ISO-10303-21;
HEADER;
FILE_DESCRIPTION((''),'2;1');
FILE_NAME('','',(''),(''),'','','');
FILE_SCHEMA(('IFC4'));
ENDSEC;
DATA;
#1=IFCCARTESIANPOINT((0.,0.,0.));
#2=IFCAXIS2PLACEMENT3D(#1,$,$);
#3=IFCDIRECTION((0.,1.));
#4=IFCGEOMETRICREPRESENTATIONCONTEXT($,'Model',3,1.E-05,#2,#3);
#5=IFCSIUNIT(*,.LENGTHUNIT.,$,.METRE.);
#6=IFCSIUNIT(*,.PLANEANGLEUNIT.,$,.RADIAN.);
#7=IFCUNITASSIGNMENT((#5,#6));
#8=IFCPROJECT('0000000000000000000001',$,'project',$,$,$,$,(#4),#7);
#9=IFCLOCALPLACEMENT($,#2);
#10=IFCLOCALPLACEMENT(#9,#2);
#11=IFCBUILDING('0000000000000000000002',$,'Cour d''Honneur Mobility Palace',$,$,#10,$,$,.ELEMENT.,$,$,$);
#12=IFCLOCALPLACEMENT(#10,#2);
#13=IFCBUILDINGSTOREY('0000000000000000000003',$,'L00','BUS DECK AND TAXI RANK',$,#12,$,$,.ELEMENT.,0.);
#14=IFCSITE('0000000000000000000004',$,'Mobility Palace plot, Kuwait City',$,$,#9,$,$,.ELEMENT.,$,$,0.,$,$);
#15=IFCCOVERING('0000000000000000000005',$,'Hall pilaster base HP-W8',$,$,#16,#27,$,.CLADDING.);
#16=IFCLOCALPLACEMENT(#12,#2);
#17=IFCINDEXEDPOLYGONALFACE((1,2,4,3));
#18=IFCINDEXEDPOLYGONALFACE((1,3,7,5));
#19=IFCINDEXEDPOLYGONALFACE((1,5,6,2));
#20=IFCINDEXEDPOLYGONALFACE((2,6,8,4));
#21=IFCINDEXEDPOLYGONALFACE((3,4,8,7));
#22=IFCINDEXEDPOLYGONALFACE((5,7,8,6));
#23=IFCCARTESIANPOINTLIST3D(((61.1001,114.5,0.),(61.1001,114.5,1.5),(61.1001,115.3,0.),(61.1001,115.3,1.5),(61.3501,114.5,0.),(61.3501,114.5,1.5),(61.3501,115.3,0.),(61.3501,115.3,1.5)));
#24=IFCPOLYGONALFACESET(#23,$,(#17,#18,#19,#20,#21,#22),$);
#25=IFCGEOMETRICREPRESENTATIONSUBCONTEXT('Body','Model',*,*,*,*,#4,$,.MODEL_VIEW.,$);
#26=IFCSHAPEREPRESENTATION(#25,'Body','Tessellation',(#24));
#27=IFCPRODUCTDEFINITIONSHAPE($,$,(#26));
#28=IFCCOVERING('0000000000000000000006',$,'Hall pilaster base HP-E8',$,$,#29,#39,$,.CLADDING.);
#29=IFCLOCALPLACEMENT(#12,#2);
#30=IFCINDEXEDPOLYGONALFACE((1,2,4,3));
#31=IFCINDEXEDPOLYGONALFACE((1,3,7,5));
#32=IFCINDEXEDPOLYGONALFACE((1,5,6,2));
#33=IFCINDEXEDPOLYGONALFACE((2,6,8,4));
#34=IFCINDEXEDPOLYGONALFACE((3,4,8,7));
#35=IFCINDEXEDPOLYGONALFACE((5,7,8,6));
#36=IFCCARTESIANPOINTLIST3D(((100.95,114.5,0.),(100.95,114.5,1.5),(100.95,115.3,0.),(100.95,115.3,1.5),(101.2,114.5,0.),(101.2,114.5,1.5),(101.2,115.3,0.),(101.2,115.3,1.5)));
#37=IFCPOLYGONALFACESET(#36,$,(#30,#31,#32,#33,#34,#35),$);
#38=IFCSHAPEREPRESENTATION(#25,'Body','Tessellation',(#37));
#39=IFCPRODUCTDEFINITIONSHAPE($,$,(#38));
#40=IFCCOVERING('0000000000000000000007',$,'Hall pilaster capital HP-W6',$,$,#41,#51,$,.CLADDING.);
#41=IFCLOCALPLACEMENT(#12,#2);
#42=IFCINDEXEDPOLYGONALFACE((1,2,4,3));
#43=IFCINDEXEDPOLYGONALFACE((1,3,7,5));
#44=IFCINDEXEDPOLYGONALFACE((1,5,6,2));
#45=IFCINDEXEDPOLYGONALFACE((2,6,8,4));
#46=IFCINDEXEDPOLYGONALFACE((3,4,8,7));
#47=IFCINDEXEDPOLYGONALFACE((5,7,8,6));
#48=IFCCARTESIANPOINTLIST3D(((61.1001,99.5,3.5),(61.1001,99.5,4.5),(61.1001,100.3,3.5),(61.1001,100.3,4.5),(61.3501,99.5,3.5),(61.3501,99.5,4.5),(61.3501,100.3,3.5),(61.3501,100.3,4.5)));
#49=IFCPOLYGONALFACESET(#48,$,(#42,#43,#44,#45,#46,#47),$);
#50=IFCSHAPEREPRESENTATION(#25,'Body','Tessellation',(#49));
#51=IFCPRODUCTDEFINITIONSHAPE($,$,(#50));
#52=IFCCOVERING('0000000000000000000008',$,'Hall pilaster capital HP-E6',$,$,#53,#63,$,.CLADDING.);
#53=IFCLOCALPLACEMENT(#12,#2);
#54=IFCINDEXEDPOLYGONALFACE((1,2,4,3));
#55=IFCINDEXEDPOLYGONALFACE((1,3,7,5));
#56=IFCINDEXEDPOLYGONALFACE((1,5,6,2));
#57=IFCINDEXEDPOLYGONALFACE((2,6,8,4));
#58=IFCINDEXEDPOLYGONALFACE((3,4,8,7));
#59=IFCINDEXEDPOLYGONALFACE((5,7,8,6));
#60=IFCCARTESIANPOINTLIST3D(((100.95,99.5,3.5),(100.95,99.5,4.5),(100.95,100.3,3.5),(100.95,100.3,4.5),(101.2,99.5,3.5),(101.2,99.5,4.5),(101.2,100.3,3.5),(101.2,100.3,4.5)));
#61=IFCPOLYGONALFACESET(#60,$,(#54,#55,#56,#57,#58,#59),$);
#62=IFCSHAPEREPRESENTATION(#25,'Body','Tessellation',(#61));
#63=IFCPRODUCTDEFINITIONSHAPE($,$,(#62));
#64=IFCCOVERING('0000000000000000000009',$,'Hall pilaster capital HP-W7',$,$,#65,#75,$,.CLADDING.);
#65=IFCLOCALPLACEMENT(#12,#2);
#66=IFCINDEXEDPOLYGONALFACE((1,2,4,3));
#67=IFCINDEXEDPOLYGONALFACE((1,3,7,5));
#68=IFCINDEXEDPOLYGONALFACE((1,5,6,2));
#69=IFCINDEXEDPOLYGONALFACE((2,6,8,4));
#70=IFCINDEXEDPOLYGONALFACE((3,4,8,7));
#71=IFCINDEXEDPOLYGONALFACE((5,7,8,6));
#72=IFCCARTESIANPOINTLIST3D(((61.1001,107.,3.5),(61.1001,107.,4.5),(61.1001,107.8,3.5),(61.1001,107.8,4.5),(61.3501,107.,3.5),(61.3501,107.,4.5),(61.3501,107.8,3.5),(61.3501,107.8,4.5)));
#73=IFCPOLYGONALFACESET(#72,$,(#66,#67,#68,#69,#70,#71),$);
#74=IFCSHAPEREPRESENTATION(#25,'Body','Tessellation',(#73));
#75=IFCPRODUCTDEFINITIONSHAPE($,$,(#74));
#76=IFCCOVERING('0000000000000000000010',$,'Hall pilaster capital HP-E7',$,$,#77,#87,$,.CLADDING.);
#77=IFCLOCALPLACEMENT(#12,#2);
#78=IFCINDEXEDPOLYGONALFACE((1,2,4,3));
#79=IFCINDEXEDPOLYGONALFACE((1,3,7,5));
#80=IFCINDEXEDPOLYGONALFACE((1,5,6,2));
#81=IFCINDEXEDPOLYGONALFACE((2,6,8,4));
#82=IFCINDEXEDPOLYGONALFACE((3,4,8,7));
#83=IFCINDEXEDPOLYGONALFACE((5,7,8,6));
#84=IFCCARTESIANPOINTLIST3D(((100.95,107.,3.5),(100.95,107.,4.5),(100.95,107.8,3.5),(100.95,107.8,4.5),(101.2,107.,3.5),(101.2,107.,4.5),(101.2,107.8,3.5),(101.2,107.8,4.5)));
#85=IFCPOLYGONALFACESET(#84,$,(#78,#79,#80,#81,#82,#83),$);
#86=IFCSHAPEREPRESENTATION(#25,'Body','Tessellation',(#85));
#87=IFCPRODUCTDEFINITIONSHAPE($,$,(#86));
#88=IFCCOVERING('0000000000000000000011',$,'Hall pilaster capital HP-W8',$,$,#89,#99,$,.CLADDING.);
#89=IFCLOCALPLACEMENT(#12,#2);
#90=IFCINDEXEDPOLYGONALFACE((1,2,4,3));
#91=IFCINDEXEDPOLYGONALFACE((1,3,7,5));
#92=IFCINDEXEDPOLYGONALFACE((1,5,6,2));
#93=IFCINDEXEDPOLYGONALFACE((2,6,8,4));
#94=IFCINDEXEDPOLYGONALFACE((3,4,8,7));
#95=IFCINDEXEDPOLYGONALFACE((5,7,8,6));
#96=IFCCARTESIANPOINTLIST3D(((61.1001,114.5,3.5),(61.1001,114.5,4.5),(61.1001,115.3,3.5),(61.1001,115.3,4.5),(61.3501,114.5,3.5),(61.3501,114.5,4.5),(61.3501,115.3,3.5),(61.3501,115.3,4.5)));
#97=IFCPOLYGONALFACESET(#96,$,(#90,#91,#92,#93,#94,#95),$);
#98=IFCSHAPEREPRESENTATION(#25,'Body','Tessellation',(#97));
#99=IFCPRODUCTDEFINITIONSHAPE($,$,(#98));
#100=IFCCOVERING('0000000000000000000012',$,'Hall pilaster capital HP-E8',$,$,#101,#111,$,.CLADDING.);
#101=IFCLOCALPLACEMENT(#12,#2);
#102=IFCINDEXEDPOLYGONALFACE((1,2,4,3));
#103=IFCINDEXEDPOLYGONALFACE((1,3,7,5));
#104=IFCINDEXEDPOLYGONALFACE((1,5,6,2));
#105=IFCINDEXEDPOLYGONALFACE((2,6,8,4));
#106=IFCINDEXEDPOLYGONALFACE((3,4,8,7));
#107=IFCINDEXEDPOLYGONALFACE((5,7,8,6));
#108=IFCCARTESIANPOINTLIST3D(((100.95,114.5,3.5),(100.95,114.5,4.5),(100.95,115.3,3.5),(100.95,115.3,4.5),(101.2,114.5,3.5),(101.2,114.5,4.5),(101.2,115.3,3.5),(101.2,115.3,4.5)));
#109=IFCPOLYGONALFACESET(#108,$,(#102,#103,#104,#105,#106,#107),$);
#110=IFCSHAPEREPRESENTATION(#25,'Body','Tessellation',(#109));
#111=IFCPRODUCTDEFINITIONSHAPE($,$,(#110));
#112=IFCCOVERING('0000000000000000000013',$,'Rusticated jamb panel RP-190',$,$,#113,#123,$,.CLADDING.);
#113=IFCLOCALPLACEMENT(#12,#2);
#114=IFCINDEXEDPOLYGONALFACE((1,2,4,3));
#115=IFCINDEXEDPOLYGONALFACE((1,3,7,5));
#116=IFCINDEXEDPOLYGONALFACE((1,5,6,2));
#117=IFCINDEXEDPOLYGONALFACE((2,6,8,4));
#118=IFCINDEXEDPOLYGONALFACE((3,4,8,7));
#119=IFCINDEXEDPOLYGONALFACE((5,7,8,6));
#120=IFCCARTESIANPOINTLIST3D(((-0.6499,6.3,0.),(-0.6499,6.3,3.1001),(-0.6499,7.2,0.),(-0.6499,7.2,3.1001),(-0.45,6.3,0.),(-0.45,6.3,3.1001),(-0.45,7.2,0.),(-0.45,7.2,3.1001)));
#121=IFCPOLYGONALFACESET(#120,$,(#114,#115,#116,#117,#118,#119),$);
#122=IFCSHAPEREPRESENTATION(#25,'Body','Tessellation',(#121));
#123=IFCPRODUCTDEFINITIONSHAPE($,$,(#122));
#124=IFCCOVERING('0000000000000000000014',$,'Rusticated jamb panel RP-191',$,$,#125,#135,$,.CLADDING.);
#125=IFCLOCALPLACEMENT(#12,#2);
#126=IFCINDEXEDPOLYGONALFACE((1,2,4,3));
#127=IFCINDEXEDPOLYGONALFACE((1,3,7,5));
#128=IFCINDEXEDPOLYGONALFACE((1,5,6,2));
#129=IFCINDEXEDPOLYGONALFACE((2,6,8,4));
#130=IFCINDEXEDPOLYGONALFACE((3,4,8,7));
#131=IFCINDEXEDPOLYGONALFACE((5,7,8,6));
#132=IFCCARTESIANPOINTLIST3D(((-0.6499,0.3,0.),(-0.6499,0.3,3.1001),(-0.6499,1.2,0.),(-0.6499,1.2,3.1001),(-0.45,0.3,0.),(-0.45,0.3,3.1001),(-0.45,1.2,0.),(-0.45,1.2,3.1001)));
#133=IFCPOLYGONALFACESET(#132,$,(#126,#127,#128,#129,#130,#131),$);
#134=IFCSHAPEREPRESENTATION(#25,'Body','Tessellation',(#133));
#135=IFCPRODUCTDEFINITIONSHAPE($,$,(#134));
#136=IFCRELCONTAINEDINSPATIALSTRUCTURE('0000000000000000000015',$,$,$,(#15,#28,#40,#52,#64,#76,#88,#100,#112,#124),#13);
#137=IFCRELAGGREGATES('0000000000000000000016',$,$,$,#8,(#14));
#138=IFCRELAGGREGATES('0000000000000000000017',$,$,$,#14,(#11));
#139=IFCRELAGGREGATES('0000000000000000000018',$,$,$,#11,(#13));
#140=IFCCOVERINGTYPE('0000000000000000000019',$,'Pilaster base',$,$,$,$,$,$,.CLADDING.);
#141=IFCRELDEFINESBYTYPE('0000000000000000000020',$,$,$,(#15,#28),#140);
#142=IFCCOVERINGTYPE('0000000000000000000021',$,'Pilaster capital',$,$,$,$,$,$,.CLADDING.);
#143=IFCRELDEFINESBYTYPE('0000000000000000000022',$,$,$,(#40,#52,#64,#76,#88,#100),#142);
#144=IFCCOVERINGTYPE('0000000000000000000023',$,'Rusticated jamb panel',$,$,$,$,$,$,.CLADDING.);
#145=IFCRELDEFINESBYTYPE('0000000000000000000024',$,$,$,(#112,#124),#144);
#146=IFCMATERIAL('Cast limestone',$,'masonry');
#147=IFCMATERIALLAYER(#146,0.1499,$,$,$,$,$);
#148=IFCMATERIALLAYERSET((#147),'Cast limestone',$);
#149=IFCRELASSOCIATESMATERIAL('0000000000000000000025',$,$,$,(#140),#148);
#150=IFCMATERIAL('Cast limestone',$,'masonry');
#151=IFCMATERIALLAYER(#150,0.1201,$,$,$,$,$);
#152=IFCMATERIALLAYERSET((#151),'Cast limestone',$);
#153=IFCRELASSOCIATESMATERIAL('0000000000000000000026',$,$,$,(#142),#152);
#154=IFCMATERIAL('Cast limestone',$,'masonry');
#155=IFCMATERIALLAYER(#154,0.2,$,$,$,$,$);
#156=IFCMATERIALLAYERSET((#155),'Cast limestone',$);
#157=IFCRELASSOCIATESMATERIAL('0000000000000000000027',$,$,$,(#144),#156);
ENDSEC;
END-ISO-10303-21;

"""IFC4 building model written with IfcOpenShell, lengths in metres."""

from ifc_helpers import new_model, si_unit, direction, frame, origin, place, context, subcontext, project, spatial, polyline, outline, extrude, material, layer, layer_set, type_object, element, save


model = new_model("IFC4")

# Units and contexts
model_context = context("Model", 3, precision=1e-05, world=origin(), true_north=direction((0.0, 1.0)))
body_context = subcontext(model_context, "Body", "Model", "MODEL_VIEW")
ifc_project = project(units=[si_unit("LENGTHUNIT", "METRE"), si_unit("PLANEANGLEUNIT", "RADIAN")], contexts=[model_context])

# Site, building, storey
site_placement = place(None, origin())
site = spatial("IfcSite", under=ifc_project, at=site_placement, Name="Mobility Palace plot, Kuwait City", CompositionType="ELEMENT", RefElevation=0.0)
building_placement = place(site_placement, origin())
building = spatial("IfcBuilding", under=site, at=building_placement, Name="Cour d'Honneur Mobility Palace", CompositionType="ELEMENT")
storey_placement = place(building_placement, origin())
storey = spatial("IfcBuildingStorey", under=building, at=storey_placement, Name="L00", Description="BUS DECK AND TAXI RANK", CompositionType="ELEMENT", Elevation=0.0)

# Coverings
ifc_material_1 = material(Name="Cast limestone", Category="masonry")
ifc_layer_1 = layer(ifc_material_1, 0.1499)
ifc_layer_set_1 = layer_set([ifc_layer_1], Name="Cast limestone")
covering_type_1 = type_object("IfcCoveringType", Name="Pilaster base", PredefinedType="CLADDING", material=ifc_layer_set_1)
covering_1_placement = place(storey_placement, origin())
element("IfcCovering", 1, at=covering_1_placement, inside=storey, type_object=covering_type_1, Name="Hall pilaster base HP-W8", PredefinedType="CLADDING", context=body_context, shape_type="SweptSolid", body=[
    extrude(outline(polyline([(61.1001, 114.5), (61.3501, 114.5), (61.3501, 115.3), (61.1001, 115.3), (61.1001, 114.5)])), origin(), (0.0, 0.0, 1.0), 1.5),
])
covering_2_placement = place(storey_placement, origin())
element("IfcCovering", 2, at=covering_2_placement, inside=storey, type_object=covering_type_1, Name="Hall pilaster base HP-E8", PredefinedType="CLADDING", context=body_context, shape_type="SweptSolid", body=[
    extrude(outline(polyline([(100.95, 114.5), (101.2, 114.5), (101.2, 115.3), (100.95, 115.3), (100.95, 114.5)])), origin(), (0.0, 0.0, 1.0), 1.5),
])
ifc_material_2 = material(Name="Cast limestone", Category="masonry")
ifc_layer_2 = layer(ifc_material_2, 0.1201)
ifc_layer_set_2 = layer_set([ifc_layer_2], Name="Cast limestone")
covering_type_2 = type_object("IfcCoveringType", Name="Pilaster capital", PredefinedType="CLADDING", material=ifc_layer_set_2)
covering_3_placement = place(storey_placement, frame((0.0, 0.0, 3.5)))
element("IfcCovering", 3, at=covering_3_placement, inside=storey, type_object=covering_type_2, Name="Hall pilaster capital HP-W6", PredefinedType="CLADDING", context=body_context, shape_type="SweptSolid", body=[
    extrude(outline(polyline([(61.1001, 99.5), (61.3501, 99.5), (61.3501, 100.3), (61.1001, 100.3), (61.1001, 99.5)])), origin(), (0.0, 0.0, 1.0), 1.0),
])
covering_4_placement = place(storey_placement, frame((0.0, 0.0, 3.5)))
element("IfcCovering", 4, at=covering_4_placement, inside=storey, type_object=covering_type_2, Name="Hall pilaster capital HP-E6", PredefinedType="CLADDING", context=body_context, shape_type="SweptSolid", body=[
    extrude(outline(polyline([(100.95, 99.5), (101.2, 99.5), (101.2, 100.3), (100.95, 100.3), (100.95, 99.5)])), origin(), (0.0, 0.0, 1.0), 1.0),
])
covering_5_placement = place(storey_placement, frame((0.0, 0.0, 3.5)))
element("IfcCovering", 5, at=covering_5_placement, inside=storey, type_object=covering_type_2, Name="Hall pilaster capital HP-W7", PredefinedType="CLADDING", context=body_context, shape_type="SweptSolid", body=[
    extrude(outline(polyline([(61.1001, 107.0), (61.3501, 107.0), (61.3501, 107.8), (61.1001, 107.8), (61.1001, 107.0)])), origin(), (0.0, 0.0, 1.0), 1.0),
])
covering_6_placement = place(storey_placement, frame((0.0, 0.0, 3.5)))
element("IfcCovering", 6, at=covering_6_placement, inside=storey, type_object=covering_type_2, Name="Hall pilaster capital HP-E7", PredefinedType="CLADDING", context=body_context, shape_type="SweptSolid", body=[
    extrude(outline(polyline([(100.95, 107.0), (101.2, 107.0), (101.2, 107.8), (100.95, 107.8), (100.95, 107.0)])), origin(), (0.0, 0.0, 1.0), 1.0),
])
covering_7_placement = place(storey_placement, frame((0.0, 0.0, 3.5)))
element("IfcCovering", 7, at=covering_7_placement, inside=storey, type_object=covering_type_2, Name="Hall pilaster capital HP-W8", PredefinedType="CLADDING", context=body_context, shape_type="SweptSolid", body=[
    extrude(outline(polyline([(61.1001, 114.5), (61.3501, 114.5), (61.3501, 115.3), (61.1001, 115.3), (61.1001, 114.5)])), origin(), (0.0, 0.0, 1.0), 1.0),
])
covering_8_placement = place(storey_placement, frame((0.0, 0.0, 3.5)))
element("IfcCovering", 8, at=covering_8_placement, inside=storey, type_object=covering_type_2, Name="Hall pilaster capital HP-E8", PredefinedType="CLADDING", context=body_context, shape_type="SweptSolid", body=[
    extrude(outline(polyline([(100.95, 114.5), (101.2, 114.5), (101.2, 115.3), (100.95, 115.3), (100.95, 114.5)])), origin(), (0.0, 0.0, 1.0), 1.0),
])
ifc_material_3 = material(Name="Cast limestone", Category="masonry")
ifc_layer_3 = layer(ifc_material_3, 0.2)
ifc_layer_set_3 = layer_set([ifc_layer_3], Name="Cast limestone")
covering_type_3 = type_object("IfcCoveringType", Name="Rusticated jamb panel", PredefinedType="CLADDING", material=ifc_layer_set_3)
for number, where, z_axis, x_axis, name in (
    (9, (-0.6499, 7.2, 0.0), (-1.0, 0.0, 0.0), (0.0, -1.0, 0.0), "Rusticated jamb panel RP-190"),
    (10, (-0.6499, 1.2, 0.0), (-1.0, 0.0, 0.0), (0.0, -1.0, 0.0), "Rusticated jamb panel RP-191"),
):
    element("IfcCovering", number, at=place(storey_placement, frame(where, z_axis=z_axis, x_axis=x_axis)), inside=storey, type_object=covering_type_3, Name=name, PredefinedType="CLADDING", context=body_context, shape_type="SweptSolid", body=[
        extrude(outline(polyline([(0.0, 0.0), (0.8999, 0.0), (0.8999, 3.1001), (0.0, 3.1001), (0.0, 0.0)])), origin(), (0.0, 0.0, -1.0), 0.2),
    ])

save(model, "model.ifc")
